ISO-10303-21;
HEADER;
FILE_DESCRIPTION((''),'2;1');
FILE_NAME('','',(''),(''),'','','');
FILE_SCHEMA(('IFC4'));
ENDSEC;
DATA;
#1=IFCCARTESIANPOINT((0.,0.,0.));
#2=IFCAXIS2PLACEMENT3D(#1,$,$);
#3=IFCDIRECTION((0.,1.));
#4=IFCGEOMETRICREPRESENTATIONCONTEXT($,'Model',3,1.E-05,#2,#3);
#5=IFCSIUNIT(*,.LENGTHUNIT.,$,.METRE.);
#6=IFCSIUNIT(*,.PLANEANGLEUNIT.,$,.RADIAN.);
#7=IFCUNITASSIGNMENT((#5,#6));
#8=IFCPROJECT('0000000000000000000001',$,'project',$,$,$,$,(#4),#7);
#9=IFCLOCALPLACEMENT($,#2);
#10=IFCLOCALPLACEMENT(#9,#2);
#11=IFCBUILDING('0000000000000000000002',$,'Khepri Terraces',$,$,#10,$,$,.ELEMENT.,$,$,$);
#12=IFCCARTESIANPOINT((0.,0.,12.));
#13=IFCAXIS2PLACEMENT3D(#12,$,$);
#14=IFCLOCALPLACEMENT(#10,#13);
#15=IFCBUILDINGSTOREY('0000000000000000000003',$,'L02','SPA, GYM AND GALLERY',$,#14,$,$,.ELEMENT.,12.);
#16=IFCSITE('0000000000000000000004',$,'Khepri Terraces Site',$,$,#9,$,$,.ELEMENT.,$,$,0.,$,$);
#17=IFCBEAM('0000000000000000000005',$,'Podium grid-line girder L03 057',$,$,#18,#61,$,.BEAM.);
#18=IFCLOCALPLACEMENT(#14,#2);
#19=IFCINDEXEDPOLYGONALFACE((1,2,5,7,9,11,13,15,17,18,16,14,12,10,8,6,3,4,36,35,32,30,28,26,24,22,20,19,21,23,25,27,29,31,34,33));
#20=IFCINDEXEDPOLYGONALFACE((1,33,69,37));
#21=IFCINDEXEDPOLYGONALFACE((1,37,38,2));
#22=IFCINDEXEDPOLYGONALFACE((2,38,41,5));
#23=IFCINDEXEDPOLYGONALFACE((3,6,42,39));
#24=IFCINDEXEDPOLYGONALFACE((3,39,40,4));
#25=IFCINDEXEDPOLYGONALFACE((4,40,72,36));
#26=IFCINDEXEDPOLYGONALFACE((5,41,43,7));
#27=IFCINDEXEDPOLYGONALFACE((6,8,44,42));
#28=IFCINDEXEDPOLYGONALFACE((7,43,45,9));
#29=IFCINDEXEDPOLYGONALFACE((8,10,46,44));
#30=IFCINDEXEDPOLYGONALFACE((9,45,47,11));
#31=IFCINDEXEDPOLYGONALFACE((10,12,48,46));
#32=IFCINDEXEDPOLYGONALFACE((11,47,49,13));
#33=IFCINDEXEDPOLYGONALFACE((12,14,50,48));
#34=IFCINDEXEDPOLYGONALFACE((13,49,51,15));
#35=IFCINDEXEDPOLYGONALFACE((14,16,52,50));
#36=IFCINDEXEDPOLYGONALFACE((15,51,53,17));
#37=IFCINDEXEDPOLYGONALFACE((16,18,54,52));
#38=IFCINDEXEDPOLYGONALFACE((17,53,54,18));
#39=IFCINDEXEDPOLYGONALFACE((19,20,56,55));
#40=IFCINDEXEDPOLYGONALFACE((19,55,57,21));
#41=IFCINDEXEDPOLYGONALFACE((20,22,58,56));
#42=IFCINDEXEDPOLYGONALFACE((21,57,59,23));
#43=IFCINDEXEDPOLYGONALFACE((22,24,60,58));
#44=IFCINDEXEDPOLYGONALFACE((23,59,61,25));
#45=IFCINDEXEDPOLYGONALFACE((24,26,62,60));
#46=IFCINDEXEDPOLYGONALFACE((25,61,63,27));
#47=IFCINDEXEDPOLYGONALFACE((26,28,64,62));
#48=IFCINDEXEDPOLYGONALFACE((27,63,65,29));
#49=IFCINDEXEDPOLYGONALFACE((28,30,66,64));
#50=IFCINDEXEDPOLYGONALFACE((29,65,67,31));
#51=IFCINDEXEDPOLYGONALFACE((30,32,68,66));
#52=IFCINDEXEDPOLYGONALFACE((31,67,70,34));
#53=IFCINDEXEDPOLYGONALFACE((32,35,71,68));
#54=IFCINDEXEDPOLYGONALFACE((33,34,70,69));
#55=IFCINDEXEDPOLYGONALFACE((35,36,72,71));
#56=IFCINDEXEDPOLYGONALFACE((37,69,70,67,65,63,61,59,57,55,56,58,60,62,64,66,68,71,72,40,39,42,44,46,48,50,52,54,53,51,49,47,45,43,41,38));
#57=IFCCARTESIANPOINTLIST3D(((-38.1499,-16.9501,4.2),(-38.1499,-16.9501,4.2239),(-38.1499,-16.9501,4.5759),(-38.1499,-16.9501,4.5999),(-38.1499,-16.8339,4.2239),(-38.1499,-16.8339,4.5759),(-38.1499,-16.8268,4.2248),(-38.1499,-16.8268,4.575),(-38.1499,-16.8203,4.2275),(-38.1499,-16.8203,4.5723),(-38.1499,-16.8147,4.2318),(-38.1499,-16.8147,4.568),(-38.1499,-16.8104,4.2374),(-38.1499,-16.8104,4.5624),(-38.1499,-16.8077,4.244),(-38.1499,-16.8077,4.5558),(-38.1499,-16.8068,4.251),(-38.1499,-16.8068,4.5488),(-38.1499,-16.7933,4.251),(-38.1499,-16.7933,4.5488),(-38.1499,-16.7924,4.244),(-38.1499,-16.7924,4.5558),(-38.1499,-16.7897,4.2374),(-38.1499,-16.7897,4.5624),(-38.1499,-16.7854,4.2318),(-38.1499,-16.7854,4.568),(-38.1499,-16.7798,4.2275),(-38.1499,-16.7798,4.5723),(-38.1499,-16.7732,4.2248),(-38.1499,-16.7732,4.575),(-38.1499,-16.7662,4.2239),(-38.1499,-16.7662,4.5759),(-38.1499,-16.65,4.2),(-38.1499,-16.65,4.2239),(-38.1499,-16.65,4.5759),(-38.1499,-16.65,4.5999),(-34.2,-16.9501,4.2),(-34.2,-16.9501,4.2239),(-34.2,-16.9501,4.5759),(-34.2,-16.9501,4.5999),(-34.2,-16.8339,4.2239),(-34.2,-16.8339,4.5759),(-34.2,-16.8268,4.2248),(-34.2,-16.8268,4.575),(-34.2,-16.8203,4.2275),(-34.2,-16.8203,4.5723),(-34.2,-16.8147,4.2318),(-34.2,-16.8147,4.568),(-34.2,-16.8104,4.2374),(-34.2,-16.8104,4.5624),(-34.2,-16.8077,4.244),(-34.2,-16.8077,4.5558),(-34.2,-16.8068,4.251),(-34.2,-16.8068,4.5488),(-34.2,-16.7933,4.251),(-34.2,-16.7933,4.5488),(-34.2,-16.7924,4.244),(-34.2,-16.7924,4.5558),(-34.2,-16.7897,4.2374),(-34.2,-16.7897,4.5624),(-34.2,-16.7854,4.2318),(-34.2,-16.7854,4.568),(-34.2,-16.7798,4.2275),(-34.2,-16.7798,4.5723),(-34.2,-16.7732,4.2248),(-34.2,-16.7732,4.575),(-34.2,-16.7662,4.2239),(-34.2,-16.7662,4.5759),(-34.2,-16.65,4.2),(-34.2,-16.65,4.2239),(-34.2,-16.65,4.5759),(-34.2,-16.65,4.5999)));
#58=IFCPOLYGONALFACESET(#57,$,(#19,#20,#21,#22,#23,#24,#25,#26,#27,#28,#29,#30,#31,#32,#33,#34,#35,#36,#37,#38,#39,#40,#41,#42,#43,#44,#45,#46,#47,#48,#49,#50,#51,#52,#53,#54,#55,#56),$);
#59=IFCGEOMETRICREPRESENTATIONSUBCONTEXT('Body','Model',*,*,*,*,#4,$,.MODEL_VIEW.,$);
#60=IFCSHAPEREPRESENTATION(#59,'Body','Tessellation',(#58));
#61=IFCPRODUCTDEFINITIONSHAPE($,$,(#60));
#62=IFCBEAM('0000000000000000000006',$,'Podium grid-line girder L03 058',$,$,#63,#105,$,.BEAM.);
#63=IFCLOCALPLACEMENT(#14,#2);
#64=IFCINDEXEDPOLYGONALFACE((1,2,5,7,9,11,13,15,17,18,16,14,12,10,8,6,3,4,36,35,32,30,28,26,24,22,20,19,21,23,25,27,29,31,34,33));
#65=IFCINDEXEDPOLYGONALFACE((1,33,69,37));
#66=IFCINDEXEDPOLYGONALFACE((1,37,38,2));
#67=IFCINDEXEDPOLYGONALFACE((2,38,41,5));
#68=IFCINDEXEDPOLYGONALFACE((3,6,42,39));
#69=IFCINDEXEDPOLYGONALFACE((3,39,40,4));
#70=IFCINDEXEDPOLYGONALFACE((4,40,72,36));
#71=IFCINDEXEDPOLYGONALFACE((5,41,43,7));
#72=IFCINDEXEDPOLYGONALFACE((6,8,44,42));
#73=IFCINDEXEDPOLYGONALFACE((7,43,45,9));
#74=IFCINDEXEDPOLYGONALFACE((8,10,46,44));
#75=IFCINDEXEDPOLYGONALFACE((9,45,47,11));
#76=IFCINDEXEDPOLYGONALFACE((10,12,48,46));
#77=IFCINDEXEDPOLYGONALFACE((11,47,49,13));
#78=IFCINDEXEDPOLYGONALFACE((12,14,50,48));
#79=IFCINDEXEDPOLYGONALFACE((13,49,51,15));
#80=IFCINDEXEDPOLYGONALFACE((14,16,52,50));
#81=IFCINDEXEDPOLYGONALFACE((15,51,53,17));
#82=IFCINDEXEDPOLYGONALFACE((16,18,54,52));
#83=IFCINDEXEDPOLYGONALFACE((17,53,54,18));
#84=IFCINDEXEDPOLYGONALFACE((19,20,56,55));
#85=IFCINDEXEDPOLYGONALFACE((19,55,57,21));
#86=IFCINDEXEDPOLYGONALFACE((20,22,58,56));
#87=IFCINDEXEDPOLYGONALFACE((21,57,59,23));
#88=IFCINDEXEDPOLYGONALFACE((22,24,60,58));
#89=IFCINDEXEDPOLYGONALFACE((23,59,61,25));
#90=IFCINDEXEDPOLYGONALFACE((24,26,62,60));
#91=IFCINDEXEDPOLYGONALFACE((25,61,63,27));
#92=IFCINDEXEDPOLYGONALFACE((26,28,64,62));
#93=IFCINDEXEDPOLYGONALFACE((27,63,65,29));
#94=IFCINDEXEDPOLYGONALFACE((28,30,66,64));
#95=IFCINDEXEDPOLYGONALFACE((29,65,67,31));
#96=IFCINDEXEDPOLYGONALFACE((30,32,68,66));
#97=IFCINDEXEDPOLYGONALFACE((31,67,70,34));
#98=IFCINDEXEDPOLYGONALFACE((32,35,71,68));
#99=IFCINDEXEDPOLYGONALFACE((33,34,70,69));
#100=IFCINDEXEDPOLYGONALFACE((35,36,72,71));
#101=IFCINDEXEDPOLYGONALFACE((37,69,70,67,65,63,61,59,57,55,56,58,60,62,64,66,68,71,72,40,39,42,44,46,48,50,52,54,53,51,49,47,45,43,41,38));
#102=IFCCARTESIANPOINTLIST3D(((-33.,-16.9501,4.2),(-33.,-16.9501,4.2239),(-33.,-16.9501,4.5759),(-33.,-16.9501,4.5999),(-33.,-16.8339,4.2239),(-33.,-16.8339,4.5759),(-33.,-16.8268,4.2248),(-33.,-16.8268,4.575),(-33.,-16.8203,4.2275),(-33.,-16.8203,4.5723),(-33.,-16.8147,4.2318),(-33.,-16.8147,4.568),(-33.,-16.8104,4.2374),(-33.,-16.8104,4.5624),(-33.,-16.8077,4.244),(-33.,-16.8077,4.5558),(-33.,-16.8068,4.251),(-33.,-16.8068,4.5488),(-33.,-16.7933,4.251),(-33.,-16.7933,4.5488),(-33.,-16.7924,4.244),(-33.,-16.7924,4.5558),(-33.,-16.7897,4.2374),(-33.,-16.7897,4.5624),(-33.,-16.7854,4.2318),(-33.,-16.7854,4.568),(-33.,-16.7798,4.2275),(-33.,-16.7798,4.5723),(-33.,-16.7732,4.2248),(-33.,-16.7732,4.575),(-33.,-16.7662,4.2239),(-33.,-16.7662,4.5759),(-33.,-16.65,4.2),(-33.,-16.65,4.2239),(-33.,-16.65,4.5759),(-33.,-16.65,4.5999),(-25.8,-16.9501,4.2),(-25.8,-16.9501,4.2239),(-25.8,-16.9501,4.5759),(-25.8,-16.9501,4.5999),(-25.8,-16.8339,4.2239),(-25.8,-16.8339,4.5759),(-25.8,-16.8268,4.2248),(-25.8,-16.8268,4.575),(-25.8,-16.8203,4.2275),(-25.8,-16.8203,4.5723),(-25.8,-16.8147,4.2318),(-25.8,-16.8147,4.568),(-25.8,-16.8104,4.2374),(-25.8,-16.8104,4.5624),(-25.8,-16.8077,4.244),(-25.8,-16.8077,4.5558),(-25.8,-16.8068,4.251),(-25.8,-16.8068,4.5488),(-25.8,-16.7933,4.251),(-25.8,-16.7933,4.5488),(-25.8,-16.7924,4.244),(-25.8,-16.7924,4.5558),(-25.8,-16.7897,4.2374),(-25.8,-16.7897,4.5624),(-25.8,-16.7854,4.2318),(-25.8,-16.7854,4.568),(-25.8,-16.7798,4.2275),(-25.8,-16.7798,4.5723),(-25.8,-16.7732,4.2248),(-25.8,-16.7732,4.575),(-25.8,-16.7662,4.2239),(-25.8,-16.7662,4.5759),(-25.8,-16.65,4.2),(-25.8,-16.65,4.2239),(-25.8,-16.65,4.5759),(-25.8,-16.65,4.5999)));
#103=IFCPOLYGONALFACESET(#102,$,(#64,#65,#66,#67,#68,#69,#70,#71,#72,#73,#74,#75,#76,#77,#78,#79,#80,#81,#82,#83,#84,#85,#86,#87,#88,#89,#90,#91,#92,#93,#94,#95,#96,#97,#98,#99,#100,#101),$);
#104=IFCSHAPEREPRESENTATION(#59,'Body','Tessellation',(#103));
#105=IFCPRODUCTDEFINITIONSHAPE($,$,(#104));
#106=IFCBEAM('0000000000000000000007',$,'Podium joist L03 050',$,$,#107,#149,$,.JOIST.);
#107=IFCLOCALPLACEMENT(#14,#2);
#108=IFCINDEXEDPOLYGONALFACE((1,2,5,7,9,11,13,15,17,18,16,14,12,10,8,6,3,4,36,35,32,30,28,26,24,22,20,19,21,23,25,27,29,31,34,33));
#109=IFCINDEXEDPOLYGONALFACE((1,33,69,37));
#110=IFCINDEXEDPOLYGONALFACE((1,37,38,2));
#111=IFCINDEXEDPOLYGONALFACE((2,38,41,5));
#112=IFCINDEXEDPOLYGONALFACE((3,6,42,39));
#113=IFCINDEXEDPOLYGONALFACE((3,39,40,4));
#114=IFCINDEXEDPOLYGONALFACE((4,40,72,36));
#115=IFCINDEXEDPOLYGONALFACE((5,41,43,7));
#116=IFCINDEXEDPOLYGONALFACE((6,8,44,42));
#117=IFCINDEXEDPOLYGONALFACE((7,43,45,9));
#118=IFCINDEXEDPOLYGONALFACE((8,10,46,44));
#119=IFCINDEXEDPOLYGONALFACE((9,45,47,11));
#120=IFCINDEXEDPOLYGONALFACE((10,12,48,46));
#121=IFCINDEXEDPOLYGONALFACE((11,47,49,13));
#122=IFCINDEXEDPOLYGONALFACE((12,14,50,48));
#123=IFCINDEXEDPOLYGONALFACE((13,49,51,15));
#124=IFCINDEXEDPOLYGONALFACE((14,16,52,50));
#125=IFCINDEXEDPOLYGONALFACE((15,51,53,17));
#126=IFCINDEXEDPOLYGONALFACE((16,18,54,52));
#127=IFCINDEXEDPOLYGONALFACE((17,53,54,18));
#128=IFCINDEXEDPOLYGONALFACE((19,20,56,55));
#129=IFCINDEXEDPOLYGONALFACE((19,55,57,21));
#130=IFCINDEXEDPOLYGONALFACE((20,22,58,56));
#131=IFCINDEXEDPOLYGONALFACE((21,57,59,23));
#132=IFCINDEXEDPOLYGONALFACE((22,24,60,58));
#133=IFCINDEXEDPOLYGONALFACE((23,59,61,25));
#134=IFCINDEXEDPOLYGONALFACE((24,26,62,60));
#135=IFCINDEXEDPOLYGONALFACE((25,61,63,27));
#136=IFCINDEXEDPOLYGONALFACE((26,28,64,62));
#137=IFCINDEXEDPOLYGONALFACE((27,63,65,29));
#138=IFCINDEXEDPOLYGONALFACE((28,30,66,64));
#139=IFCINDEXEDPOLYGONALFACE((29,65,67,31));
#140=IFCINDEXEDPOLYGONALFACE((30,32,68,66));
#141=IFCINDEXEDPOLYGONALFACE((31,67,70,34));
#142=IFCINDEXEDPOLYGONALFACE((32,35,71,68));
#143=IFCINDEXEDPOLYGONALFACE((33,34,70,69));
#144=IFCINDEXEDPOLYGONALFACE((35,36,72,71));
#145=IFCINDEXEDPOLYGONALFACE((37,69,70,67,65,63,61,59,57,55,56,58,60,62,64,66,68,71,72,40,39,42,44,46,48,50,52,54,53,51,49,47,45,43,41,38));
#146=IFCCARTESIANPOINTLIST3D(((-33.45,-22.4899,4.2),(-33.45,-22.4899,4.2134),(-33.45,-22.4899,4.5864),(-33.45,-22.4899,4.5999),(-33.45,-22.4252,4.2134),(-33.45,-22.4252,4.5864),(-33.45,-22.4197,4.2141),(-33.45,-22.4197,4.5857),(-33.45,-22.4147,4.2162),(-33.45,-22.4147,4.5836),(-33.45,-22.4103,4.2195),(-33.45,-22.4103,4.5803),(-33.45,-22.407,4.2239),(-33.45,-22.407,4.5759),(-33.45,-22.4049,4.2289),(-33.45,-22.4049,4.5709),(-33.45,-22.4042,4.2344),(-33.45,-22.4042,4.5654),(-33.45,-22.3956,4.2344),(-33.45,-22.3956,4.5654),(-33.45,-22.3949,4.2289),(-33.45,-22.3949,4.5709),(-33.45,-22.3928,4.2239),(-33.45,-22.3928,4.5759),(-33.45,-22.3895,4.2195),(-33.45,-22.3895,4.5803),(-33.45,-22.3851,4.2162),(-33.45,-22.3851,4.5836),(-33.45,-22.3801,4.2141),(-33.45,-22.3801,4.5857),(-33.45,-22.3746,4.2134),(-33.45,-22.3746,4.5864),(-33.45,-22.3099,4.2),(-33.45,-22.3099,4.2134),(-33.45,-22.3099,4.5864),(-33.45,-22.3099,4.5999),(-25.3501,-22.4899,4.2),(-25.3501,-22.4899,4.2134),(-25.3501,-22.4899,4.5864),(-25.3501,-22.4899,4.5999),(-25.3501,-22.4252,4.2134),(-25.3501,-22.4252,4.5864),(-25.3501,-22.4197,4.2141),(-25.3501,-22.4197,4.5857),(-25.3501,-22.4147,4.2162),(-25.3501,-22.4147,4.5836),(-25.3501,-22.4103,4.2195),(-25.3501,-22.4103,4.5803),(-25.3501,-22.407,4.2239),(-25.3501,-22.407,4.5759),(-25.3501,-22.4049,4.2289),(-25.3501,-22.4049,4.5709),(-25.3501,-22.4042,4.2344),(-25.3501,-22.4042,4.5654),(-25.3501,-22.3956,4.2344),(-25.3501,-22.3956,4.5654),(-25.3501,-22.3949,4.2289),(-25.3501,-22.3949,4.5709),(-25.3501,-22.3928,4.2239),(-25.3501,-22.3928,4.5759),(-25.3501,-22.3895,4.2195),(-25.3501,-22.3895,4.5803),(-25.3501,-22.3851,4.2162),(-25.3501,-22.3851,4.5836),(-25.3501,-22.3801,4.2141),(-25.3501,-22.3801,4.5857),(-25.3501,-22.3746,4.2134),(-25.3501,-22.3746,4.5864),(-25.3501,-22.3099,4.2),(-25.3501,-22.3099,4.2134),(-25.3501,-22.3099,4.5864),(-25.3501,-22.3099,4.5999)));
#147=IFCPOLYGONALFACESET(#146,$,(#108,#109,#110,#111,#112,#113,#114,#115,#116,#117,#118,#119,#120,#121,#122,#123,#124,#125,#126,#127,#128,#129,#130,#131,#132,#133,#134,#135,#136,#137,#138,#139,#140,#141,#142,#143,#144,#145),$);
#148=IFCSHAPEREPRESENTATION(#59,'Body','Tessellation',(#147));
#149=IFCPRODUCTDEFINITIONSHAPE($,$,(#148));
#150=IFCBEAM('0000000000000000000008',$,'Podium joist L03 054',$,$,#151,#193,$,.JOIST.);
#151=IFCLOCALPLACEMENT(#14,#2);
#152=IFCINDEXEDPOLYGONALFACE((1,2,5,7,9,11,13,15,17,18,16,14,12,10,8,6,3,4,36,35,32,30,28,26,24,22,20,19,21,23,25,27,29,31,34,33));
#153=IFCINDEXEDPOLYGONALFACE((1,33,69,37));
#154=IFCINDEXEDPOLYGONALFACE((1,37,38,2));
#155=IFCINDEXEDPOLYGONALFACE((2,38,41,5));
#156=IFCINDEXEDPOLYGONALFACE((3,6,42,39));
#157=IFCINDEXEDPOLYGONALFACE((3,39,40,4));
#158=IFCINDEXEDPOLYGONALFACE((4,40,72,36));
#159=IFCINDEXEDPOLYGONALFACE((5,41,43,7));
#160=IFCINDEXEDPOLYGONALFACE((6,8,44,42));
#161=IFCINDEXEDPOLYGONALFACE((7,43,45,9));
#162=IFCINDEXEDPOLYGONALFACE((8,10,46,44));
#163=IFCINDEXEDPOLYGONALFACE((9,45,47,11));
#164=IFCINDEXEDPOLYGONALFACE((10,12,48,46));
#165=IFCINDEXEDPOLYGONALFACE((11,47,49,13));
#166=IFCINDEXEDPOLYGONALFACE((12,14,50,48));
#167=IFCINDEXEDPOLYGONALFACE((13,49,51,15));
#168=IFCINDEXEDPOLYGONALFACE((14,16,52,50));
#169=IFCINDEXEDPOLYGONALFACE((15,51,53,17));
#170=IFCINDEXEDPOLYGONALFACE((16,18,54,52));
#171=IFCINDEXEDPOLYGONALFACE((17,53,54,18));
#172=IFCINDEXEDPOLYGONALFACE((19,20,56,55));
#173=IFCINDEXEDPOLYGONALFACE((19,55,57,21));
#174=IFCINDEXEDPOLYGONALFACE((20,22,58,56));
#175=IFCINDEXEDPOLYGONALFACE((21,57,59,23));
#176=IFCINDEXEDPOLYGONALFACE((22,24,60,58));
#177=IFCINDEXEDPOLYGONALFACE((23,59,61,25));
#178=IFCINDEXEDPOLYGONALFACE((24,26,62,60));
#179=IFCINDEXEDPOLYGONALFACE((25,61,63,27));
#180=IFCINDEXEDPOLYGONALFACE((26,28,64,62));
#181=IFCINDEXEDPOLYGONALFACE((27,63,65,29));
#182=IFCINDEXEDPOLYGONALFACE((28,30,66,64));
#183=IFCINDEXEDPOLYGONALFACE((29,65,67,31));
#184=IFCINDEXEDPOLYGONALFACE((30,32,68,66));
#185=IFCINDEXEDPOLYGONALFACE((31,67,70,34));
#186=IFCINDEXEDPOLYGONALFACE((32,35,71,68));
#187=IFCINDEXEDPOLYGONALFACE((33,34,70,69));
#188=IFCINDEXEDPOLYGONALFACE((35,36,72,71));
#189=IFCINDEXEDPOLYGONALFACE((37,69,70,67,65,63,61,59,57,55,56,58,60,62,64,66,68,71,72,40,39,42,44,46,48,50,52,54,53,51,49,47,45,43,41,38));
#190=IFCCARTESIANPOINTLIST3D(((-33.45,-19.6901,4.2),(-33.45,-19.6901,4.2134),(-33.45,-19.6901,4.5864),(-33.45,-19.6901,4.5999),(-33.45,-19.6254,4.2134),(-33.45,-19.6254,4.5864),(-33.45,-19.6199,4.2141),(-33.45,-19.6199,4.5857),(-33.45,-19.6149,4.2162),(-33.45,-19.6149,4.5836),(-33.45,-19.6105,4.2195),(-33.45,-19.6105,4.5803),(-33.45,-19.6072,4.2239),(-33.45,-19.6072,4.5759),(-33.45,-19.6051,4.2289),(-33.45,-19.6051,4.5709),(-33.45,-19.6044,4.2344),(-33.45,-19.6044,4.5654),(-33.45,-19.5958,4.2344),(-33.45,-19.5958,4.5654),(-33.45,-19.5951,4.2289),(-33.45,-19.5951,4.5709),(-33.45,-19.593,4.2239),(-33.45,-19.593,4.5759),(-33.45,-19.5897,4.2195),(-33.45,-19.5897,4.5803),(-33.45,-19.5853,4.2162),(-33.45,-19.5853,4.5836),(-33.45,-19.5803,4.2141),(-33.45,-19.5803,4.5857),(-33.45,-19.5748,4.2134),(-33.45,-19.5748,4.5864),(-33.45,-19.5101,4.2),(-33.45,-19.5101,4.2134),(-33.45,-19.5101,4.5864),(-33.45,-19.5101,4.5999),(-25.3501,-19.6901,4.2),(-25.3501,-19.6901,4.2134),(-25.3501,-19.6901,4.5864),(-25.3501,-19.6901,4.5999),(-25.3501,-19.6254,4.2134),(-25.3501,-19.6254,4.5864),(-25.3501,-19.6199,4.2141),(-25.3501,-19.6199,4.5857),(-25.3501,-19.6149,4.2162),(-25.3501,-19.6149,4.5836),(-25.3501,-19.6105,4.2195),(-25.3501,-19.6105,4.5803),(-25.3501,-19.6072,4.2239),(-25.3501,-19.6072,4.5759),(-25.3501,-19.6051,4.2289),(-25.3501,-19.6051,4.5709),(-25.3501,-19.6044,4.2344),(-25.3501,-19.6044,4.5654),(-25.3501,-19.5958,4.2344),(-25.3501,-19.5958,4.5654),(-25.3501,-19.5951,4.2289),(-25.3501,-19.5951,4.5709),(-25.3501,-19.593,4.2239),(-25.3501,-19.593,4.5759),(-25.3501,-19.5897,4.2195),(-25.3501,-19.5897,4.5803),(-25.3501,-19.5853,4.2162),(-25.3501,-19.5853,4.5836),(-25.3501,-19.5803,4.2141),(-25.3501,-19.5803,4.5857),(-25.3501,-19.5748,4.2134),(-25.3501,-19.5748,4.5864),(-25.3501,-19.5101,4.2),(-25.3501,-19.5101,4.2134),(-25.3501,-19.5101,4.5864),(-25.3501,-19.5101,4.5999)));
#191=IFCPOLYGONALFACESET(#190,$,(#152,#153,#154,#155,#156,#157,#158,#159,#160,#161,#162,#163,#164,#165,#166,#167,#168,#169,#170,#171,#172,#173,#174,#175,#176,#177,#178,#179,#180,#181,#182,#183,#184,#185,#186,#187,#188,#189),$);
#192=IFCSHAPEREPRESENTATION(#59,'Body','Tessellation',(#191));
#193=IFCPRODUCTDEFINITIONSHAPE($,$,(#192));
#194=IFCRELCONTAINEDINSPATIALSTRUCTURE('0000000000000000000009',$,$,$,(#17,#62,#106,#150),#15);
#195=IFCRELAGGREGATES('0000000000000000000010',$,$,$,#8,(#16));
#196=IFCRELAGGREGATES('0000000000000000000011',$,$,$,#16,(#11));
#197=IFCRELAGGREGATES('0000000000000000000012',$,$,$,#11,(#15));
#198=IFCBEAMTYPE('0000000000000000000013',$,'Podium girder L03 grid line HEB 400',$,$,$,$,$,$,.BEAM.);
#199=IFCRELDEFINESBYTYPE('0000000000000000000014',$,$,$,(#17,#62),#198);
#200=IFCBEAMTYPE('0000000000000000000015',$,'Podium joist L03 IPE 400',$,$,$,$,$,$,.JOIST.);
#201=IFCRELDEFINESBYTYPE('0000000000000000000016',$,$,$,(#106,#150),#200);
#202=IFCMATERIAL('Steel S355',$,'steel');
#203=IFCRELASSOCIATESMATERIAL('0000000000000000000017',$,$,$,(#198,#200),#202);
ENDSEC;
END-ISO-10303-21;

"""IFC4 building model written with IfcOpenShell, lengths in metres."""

from ifc_helpers import new_model, si_unit, direction, frame, origin, origin_2d, place, context, subcontext, project, spatial, i_section, extrude, material, material_profile, profile_set, type_object, element, save


model = new_model("IFC4")

# Units and contexts
model_context = context("Model", 3, precision=1e-05, world=origin(), true_north=direction((0.0, 1.0)))
body_context = subcontext(model_context, "Body", "Model", "MODEL_VIEW")
ifc_project = project(units=[si_unit("LENGTHUNIT", "METRE"), si_unit("PLANEANGLEUNIT", "RADIAN")], contexts=[model_context])

# Site, building, storey
site_placement = place(None, origin())
site = spatial("IfcSite", under=ifc_project, at=site_placement, Name="Khepri Terraces Site", CompositionType="ELEMENT", RefElevation=0.0)
building_placement = place(site_placement, origin())
building = spatial("IfcBuilding", under=site, at=building_placement, Name="Khepri Terraces", CompositionType="ELEMENT")
storey_placement = place(building_placement, frame((0.0, 0.0, 12.0)))
storey = spatial("IfcBuildingStorey", under=building, at=storey_placement, Name="L02", Description="SPA, GYM AND GALLERY", CompositionType="ELEMENT", Elevation=12.0)

# Beams
ifc_material_1 = material(Name="Steel S355", Category="steel")
ifc_material_profile_1 = material_profile(ifc_material_1, i_section(OverallWidth=0.3, OverallDepth=0.3999, WebThickness=0.0134, FlangeThickness=0.0239, FilletRadius=0.0271, at=origin_2d()), Name="Steel S355", Category="steel")
ifc_profile_set_1 = profile_set([ifc_material_profile_1], Name="Steel S355")
beam_type_1 = type_object("IfcBeamType", Name="Podium girder L03 grid line HEB 400", PredefinedType="BEAM", material=ifc_profile_set_1)
beam_1_placement = place(storey_placement, frame((-38.1499, -16.8, 4.3999), z_axis=(1.0, 0.0, 0.0), x_axis=(0.0, 1.0, 0.0)))
element("IfcBeam", 1, at=beam_1_placement, inside=storey, type_object=beam_type_1, Name="Podium grid-line girder L03 057", PredefinedType="BEAM", context=body_context, shape_type="SweptSolid", body=[
    extrude(i_section(OverallWidth=0.3, OverallDepth=0.3999, WebThickness=0.0134, FlangeThickness=0.0239, FilletRadius=0.0271, at=origin_2d()), origin(), (0.0, 0.0, 1.0), 3.95),
])
beam_2_placement = place(storey_placement, frame((-33.0, -16.8, 4.3999), z_axis=(1.0, 0.0, 0.0), x_axis=(0.0, 1.0, 0.0)))
element("IfcBeam", 2, at=beam_2_placement, inside=storey, type_object=beam_type_1, Name="Podium grid-line girder L03 058", PredefinedType="BEAM", context=body_context, shape_type="SweptSolid", body=[
    extrude(i_section(OverallWidth=0.3, OverallDepth=0.3999, WebThickness=0.0134, FlangeThickness=0.0239, FilletRadius=0.0271, at=origin_2d()), origin(), (0.0, 0.0, 1.0), 7.2),
])
ifc_material_profile_2 = material_profile(ifc_material_1, i_section(OverallWidth=0.1799, OverallDepth=0.3999, WebThickness=0.0085, FlangeThickness=0.0134, FilletRadius=0.021, at=origin_2d()), Name="Steel S355", Category="steel")
ifc_profile_set_2 = profile_set([ifc_material_profile_2], Name="Steel S355")
beam_type_2 = type_object("IfcBeamType", Name="Podium joist L03 IPE 400", PredefinedType="JOIST", material=ifc_profile_set_2)
for number, where, z_axis, x_axis, name in (
    (3, (-33.45, -22.3999, 4.3999), (1.0, 0.0, 0.0), (0.0, 1.0, 0.0), "Podium joist L03 050"),
    (4, (-33.45, -19.6001, 4.3999), (1.0, 0.0, 0.0), (0.0, 1.0, 0.0), "Podium joist L03 054"),
):
    element("IfcBeam", number, at=place(storey_placement, frame(where, z_axis=z_axis, x_axis=x_axis)), inside=storey, type_object=beam_type_2, Name=name, PredefinedType="JOIST", context=body_context, shape_type="SweptSolid", body=[
        extrude(i_section(OverallWidth=0.1799, OverallDepth=0.3999, WebThickness=0.0085, FlangeThickness=0.0134, FilletRadius=0.021, at=origin_2d()), origin(), (0.0, 0.0, 1.0), 8.0999),
    ])

save(model, "model.ifc")
